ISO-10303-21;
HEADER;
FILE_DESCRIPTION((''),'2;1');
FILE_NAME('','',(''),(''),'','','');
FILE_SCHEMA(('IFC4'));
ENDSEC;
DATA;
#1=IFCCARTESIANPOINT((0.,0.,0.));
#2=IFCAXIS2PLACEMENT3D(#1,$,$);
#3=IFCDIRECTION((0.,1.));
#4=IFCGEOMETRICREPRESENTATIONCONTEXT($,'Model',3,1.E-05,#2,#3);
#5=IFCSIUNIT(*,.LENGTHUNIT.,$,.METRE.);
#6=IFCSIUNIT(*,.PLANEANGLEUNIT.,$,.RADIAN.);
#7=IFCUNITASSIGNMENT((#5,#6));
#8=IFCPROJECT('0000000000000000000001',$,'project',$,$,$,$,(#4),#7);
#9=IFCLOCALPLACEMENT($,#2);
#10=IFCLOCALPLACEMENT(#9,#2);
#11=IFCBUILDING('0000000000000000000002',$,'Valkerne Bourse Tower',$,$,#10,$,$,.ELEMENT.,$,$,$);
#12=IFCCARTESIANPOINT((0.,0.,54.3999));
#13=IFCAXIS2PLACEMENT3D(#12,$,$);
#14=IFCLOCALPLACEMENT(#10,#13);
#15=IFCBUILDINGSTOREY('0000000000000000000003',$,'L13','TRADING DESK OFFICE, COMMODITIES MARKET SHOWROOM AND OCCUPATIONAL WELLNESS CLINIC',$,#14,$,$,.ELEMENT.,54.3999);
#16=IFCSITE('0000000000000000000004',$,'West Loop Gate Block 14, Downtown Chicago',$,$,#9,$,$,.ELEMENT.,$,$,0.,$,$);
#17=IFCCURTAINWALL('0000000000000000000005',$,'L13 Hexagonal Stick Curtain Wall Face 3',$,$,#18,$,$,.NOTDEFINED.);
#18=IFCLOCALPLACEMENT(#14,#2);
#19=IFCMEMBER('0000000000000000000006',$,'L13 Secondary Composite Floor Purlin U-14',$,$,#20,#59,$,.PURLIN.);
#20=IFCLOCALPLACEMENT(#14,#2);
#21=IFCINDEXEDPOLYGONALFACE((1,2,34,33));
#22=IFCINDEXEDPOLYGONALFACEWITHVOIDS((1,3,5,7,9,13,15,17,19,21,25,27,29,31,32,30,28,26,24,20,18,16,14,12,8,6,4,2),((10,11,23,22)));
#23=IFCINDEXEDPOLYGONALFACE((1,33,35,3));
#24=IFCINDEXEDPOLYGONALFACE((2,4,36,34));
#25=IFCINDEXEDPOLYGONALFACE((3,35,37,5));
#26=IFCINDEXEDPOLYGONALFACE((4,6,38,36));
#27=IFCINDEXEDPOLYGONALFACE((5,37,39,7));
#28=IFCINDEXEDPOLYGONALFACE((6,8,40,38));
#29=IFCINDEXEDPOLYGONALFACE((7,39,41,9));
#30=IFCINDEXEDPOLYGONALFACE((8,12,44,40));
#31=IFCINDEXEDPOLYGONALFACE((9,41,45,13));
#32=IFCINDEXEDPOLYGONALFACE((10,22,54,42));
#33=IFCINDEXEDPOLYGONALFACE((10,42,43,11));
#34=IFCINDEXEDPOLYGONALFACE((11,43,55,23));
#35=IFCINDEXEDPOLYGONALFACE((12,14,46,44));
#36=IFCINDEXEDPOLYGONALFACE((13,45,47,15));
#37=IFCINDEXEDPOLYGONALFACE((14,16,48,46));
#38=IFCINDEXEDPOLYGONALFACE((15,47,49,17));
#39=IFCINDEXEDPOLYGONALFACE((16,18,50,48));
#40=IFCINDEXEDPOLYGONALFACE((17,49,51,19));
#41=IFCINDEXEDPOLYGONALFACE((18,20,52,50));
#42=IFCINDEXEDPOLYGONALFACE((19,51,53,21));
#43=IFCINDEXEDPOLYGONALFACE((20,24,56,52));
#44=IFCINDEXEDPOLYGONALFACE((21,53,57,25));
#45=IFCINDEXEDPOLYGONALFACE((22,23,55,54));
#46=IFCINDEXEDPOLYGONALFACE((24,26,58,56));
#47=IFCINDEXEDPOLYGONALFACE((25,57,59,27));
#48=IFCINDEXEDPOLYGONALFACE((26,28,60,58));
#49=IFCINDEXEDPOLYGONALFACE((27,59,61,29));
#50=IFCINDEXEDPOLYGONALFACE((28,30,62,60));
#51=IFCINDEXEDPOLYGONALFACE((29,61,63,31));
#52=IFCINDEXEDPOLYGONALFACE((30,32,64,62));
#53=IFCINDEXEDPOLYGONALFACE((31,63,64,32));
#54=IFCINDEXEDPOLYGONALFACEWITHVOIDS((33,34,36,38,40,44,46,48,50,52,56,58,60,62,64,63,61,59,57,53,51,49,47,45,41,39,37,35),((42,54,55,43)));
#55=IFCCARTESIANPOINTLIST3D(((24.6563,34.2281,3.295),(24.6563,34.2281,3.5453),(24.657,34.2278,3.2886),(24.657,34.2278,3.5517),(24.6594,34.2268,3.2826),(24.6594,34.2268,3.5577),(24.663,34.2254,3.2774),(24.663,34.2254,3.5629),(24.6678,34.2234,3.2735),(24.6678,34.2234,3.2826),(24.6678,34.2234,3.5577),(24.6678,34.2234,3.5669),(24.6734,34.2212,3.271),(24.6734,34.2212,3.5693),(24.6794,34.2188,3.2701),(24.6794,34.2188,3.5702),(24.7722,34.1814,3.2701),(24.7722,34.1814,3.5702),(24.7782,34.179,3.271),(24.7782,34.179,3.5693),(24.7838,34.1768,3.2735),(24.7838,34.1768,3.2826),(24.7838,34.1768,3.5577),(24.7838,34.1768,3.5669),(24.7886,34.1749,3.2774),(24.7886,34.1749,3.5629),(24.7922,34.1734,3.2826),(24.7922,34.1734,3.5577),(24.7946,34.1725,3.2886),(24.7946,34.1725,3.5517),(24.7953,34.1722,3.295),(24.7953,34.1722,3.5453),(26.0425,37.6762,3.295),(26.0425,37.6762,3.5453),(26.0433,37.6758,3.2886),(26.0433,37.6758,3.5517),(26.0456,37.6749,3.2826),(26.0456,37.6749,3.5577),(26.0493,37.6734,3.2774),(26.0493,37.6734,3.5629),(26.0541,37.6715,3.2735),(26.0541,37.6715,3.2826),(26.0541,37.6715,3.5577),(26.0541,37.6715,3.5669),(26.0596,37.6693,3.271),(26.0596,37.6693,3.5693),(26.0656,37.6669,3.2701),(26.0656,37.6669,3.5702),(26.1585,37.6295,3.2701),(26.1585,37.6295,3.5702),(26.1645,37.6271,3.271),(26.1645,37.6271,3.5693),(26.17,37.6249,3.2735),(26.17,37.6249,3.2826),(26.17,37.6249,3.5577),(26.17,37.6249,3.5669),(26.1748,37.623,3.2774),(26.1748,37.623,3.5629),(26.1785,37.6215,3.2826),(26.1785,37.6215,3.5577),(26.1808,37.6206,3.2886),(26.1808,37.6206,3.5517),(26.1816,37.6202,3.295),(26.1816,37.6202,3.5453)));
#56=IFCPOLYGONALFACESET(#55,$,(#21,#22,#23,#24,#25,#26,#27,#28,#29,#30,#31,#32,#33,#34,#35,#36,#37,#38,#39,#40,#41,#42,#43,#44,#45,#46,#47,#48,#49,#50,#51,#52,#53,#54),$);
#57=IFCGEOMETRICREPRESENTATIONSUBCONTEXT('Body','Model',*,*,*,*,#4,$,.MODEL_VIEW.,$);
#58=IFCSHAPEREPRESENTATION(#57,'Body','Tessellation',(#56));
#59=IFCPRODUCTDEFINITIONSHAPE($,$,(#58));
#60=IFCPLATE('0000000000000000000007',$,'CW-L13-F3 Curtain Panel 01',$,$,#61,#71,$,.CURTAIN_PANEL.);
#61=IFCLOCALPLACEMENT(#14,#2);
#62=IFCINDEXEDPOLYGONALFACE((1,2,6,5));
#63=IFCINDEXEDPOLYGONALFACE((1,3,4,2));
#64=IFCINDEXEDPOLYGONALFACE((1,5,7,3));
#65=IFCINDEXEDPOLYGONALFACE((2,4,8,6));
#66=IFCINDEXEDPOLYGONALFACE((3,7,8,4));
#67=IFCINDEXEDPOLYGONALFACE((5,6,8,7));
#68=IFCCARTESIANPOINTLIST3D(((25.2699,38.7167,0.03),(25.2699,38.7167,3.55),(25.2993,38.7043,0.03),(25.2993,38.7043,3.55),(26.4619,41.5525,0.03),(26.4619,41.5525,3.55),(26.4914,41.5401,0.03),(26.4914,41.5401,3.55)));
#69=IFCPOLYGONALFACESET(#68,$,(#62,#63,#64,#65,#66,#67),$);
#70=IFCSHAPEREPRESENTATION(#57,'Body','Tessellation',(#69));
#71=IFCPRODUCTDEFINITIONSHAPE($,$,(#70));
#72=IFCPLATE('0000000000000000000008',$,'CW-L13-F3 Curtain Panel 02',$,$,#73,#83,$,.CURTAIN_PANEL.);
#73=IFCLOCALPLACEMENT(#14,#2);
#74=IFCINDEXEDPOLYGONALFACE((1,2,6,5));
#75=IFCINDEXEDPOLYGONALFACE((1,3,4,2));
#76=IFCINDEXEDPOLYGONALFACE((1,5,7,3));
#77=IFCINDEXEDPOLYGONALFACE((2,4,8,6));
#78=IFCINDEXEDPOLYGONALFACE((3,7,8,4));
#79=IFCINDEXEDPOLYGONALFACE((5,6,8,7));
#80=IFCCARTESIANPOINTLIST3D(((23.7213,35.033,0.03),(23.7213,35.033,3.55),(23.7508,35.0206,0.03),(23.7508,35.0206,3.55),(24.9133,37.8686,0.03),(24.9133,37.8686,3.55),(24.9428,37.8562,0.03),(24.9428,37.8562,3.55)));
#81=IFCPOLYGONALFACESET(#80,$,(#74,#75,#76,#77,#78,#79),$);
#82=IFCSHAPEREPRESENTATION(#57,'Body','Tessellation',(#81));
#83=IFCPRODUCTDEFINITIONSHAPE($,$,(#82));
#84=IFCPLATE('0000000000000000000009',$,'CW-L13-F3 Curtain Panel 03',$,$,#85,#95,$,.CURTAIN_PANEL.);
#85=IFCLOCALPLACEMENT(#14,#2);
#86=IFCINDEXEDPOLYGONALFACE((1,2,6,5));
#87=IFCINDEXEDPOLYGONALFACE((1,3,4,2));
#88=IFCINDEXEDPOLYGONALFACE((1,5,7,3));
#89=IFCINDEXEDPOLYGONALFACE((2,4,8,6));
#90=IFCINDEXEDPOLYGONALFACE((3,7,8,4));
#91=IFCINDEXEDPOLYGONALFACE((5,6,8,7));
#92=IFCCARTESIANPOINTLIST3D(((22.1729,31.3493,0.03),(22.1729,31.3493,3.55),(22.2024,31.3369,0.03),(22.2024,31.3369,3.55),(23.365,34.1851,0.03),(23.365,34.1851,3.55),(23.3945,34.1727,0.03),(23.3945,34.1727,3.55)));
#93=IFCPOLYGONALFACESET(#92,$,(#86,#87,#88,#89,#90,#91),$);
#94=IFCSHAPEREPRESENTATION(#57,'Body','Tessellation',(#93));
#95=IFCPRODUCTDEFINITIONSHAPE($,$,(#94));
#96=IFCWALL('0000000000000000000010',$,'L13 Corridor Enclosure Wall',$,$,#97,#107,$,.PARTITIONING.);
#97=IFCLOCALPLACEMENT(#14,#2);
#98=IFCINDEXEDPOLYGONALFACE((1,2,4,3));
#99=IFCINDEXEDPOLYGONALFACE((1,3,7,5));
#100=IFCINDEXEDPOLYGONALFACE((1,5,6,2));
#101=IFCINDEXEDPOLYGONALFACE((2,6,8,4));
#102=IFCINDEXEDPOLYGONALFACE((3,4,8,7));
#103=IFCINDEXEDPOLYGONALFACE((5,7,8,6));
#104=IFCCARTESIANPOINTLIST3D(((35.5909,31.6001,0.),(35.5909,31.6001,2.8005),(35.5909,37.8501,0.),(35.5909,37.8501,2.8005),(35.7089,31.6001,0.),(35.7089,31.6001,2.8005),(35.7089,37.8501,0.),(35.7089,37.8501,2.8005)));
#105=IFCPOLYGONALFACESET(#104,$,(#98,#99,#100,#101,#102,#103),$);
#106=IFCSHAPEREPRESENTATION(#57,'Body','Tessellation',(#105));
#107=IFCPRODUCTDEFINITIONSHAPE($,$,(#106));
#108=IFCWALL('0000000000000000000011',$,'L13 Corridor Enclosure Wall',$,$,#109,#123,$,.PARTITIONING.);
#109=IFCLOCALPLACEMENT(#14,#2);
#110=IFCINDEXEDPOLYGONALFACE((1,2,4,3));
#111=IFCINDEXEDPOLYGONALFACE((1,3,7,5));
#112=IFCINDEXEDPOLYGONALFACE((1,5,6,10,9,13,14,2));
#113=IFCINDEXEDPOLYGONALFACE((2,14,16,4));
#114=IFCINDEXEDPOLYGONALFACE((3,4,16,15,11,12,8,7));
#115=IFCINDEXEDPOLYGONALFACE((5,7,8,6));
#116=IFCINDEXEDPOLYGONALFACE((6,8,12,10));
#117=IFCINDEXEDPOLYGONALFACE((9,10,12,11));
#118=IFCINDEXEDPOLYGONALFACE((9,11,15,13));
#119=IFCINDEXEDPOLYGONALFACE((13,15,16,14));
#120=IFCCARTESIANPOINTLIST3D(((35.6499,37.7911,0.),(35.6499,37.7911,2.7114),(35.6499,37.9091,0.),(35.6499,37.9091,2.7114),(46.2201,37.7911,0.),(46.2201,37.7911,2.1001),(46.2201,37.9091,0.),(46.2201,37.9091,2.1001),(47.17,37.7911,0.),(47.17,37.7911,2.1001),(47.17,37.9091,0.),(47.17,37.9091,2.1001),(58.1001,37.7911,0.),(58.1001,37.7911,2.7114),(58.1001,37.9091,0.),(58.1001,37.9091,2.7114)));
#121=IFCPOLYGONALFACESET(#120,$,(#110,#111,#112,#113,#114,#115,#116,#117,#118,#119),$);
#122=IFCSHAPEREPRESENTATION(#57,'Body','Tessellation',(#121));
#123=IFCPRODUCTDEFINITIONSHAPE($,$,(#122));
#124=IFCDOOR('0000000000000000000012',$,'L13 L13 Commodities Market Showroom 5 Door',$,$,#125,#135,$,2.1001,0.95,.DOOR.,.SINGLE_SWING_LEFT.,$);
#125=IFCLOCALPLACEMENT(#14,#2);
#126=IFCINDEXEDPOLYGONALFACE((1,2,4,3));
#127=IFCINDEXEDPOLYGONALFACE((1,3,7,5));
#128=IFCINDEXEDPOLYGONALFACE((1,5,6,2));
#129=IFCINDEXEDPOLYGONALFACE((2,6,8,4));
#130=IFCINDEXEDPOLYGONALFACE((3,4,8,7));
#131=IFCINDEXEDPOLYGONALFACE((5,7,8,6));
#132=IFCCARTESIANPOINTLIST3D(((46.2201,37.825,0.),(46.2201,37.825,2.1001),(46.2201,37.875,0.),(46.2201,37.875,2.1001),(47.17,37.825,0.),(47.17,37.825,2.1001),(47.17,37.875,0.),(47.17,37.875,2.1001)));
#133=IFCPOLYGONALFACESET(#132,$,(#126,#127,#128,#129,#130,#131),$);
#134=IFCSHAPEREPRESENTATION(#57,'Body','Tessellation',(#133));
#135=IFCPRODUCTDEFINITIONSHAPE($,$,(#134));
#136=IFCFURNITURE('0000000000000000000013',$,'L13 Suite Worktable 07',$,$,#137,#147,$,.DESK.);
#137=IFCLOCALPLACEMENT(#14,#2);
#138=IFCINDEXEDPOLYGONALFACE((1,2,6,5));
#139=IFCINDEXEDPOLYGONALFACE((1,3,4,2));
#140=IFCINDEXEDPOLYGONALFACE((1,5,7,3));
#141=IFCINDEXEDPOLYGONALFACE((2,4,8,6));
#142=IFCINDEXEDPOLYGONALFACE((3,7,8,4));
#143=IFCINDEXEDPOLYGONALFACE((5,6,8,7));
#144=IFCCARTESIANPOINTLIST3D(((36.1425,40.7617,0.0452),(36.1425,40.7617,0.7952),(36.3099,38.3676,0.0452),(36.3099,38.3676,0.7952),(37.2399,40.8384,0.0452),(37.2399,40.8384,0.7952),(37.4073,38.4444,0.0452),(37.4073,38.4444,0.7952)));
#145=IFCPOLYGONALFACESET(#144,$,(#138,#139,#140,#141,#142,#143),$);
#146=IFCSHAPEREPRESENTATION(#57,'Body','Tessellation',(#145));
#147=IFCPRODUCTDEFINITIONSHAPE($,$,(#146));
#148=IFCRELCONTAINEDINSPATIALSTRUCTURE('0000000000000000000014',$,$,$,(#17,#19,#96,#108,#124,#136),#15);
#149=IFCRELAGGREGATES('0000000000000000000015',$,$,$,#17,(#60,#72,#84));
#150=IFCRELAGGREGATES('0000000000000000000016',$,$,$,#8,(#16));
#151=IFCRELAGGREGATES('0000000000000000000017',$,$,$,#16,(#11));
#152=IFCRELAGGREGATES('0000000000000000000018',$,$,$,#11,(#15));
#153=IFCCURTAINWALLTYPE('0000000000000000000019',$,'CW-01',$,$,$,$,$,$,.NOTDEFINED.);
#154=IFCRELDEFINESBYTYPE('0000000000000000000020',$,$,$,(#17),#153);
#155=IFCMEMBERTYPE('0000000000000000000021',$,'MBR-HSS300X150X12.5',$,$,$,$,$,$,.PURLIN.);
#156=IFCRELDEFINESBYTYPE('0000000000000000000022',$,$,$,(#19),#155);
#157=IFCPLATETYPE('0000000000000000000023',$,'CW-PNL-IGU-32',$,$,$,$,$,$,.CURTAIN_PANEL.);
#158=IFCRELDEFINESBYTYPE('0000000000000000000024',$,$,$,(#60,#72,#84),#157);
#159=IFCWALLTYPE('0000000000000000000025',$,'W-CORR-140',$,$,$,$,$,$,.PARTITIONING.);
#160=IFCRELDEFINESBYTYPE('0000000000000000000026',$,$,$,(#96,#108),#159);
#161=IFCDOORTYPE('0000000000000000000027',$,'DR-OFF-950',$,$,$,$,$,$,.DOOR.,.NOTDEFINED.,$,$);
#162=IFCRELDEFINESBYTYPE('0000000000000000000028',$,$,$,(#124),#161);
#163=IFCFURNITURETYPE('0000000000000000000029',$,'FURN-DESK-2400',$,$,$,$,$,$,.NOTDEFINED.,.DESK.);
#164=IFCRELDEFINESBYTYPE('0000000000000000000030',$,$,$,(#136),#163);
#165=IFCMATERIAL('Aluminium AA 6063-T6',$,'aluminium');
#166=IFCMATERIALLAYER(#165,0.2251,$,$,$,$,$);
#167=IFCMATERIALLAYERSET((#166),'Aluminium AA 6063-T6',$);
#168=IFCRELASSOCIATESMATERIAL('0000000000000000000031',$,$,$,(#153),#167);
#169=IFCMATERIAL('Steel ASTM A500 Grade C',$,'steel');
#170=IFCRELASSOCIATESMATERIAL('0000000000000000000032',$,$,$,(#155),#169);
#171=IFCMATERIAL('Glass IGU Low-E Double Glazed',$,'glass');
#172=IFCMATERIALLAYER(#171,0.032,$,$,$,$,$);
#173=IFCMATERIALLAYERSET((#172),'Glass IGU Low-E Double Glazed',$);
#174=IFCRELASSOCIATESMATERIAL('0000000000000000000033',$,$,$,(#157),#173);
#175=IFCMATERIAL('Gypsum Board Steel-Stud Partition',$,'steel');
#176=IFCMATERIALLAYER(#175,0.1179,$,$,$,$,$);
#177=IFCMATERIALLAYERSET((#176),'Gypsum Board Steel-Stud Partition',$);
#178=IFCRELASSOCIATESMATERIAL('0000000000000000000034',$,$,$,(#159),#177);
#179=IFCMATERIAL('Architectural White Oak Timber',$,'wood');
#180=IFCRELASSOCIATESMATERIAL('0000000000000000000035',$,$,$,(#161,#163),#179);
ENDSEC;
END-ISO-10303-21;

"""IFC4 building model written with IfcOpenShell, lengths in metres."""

from ifc_helpers import new_model, si_unit, direction, frame, frame_2d, origin, origin_2d, place, context, subcontext, project, spatial, rectangle, hollow_rectangle, extrude, material, layer, layer_set, material_profile, profile_set, type_object, element, fill, aggregate, save


model = new_model("IFC4")

# Units and contexts
model_context = context("Model", 3, precision=1e-05, world=origin(), true_north=direction((0.0, 1.0)))
body_context = subcontext(model_context, "Body", "Model", "MODEL_VIEW")
ifc_project = project(units=[si_unit("LENGTHUNIT", "METRE"), si_unit("PLANEANGLEUNIT", "RADIAN")], contexts=[model_context])

# Site, building, storey
site_placement = place(None, origin())
site = spatial("IfcSite", under=ifc_project, at=site_placement, Name="West Loop Gate Block 14, Downtown Chicago", CompositionType="ELEMENT", RefElevation=0.0)
building_placement = place(site_placement, origin())
building = spatial("IfcBuilding", under=site, at=building_placement, Name="Valkerne Bourse Tower", CompositionType="ELEMENT")
storey_placement = place(building_placement, frame((0.0, 0.0, 54.3999)))
storey = spatial("IfcBuildingStorey", under=building, at=storey_placement, Name="L13", Description="TRADING DESK OFFICE, COMMODITIES MARKET SHOWROOM AND OCCUPATIONAL WELLNESS CLINIC", CompositionType="ELEMENT", Elevation=54.3999)

# Curtain wall
ifc_material_1 = material(Name="Aluminium AA 6063-T6", Category="aluminium")
ifc_layer_1 = layer(ifc_material_1, 0.2251)
ifc_layer_set_1 = layer_set([ifc_layer_1], Name="Aluminium AA 6063-T6")
curtain_wall_type = type_object("IfcCurtainWallType", Name="CW-01", PredefinedType="NOTDEFINED", material=ifc_layer_set_1)
curtain_wall_placement = place(storey_placement, origin())
curtain_wall = element("IfcCurtainWall", 1, at=curtain_wall_placement, inside=storey, type_object=curtain_wall_type, Name="L13 Hexagonal Stick Curtain Wall Face 3", PredefinedType="NOTDEFINED")

# Member
ifc_material_2 = material(Name="Steel ASTM A500 Grade C", Category="steel")
ifc_material_profile_1 = material_profile(ifc_material_2, hollow_rectangle(XDim=0.1499, YDim=0.3, WallThickness=0.0125, OuterFilletRadius=0.0249, at=origin_2d()), Name="HSS300X150X12.5")
ifc_profile_set_1 = profile_set([ifc_material_profile_1], Name="Steel ASTM A500 Grade C")
member_type_1 = type_object("IfcMemberType", Name="MBR-HSS300X150X12.5", PredefinedType="PURLIN", material=ifc_profile_set_1)
member_1_placement = place(storey_placement, frame((26.1121, 37.6482, 3.4202), z_axis=(-0.373021, -0.927823, 0.0), x_axis=(0.927823, -0.373021, 0.0)))
element("IfcMember", 2, at=member_1_placement, inside=storey, type_object=member_type_1, Name="L13 Secondary Composite Floor Purlin U-14", PredefinedType="PURLIN", context=body_context, shape_type="SweptSolid", body=[
    extrude(hollow_rectangle(XDim=0.1499, YDim=0.3, WallThickness=0.0125, OuterFilletRadius=0.0249, at=origin_2d()), origin(), (0.0, 0.0, 1.0), 3.7163),
])

# Plates
ifc_material_3 = material(Name="Glass IGU Low-E Double Glazed", Category="glass")
ifc_layer_2 = layer(ifc_material_3, 0.032)
ifc_layer_set_2 = layer_set([ifc_layer_2], Name="Glass IGU Low-E Double Glazed")
plate_type = type_object("IfcPlateType", Name="CW-PNL-IGU-32", PredefinedType="CURTAIN_PANEL", material=ifc_layer_set_2)
plate_1_placement = place(storey_placement, frame((25.8806, 40.1284, 0.03), z_axis=(0.0, 0.0, 1.0), x_axis=(-0.38751, -0.921866, 0.0)))
plate_1 = element("IfcPlate", 3, at=plate_1_placement, type_object=plate_type, Name="CW-L13-F3 Curtain Panel 01", PredefinedType="CURTAIN_PANEL", context=body_context, shape_type="SweptSolid", body=[
    extrude(rectangle(XDim=3.0762, YDim=0.032, at=origin_2d()), origin(), (0.0, 0.0, 1.0), 3.52),
])
plate_2_placement = place(storey_placement, frame((24.332, 36.4446, 0.03), z_axis=(0.0, 0.0, 1.0), x_axis=(-0.38754, -0.921853, 0.0)))
plate_2 = element("IfcPlate", 4, at=plate_2_placement, type_object=plate_type, Name="CW-L13-F3 Curtain Panel 02", PredefinedType="CURTAIN_PANEL", context=body_context, shape_type="SweptSolid", body=[
    extrude(rectangle(XDim=3.0759, YDim=0.032, at=origin_2d()), origin(), (0.0, 0.0, 1.0), 3.52),
])
plate_3_placement = place(storey_placement, frame((22.7837, 32.761, 0.03), z_axis=(0.0, 0.0, 1.0), x_axis=(-0.38751, -0.921866, 0.0)))
plate_3 = element("IfcPlate", 5, at=plate_3_placement, type_object=plate_type, Name="CW-L13-F3 Curtain Panel 03", PredefinedType="CURTAIN_PANEL", context=body_context, shape_type="SweptSolid", body=[
    extrude(rectangle(XDim=3.0762, YDim=0.032, at=origin_2d()), origin(), (0.0, 0.0, 1.0), 3.52),
])
aggregate(curtain_wall, [plate_1, plate_2, plate_3])

# Wall
ifc_material_4 = material(Name="Gypsum Board Steel-Stud Partition", Category="steel")
ifc_layer_3 = layer(ifc_material_4, 0.1179)
ifc_layer_set_3 = layer_set([ifc_layer_3], Name="Gypsum Board Steel-Stud Partition")
wall_type = type_object("IfcWallType", Name="W-CORR-140", PredefinedType="PARTITIONING", material=ifc_layer_set_3)
wall_1_placement = place(storey_placement, frame((35.6499, 31.6001, 0.0), z_axis=(0.0, 0.0, 1.0), x_axis=(0.0, 1.0, 0.0)))
element("IfcWall", 6, at=wall_1_placement, inside=storey, type_object=wall_type, Name="L13 Corridor Enclosure Wall", PredefinedType="PARTITIONING", context=body_context, shape_type="SweptSolid", body=[
    extrude(rectangle(XDim=6.25, YDim=0.1179, at=frame_2d((3.125, 0.0))), origin(), (0.0, 0.0, 1.0), 2.8005),
])

# Wall, opening, door
wall_2_placement = place(storey_placement, frame((35.6499, 37.8501, 0.0), z_axis=(0.0, 0.0, 1.0), x_axis=(1.0, 0.0, 0.0)))
wall_2 = element("IfcWall", 7, at=wall_2_placement, inside=storey, type_object=wall_type, Name="L13 Corridor Enclosure Wall", PredefinedType="PARTITIONING", context=body_context, shape_type="SweptSolid", body=[
    extrude(rectangle(XDim=22.4502, YDim=0.1179, at=frame_2d((11.2251, 0.0))), origin(), (0.0, 0.0, 1.0), 2.7114),
])
opening_placement = place(wall_2_placement, frame((10.5701, 0.0, 0.0)))
opening = element("IfcOpeningElement", 8, at=opening_placement, cuts=wall_2, PredefinedType="OPENING", context=body_context, shape_type="SweptSolid", body=[
    extrude(rectangle(XDim=0.95, YDim=2.1001, at=frame_2d((0.4751, 1.05))), frame((0.0, 0.0688, 0.0), z_axis=(0.0, -1.0, 0.0), x_axis=(1.0, 0.0, 0.0)), (0.0, 0.0, 1.0), 0.1379),
])
ifc_material_5 = material(Name="Architectural White Oak Timber", Category="wood")
door_type = type_object("IfcDoorType", Name="DR-OFF-950", OperationType="NOTDEFINED", PredefinedType="DOOR", material=ifc_material_5)
door_placement = place(opening_placement, origin())
door = element("IfcDoor", 9, at=door_placement, inside=storey, type_object=door_type, Name="L13 L13 Commodities Market Showroom 5 Door", OperationType="SINGLE_SWING_LEFT", OverallHeight=2.1001, OverallWidth=0.95, PredefinedType="DOOR", context=body_context, shape_type="SweptSolid", body=[
    extrude(rectangle(XDim=0.95, YDim=2.1001, at=frame_2d((0.4751, 1.05))), frame((0.0, 0.0249, 0.0), z_axis=(0.0, -1.0, 0.0), x_axis=(1.0, 0.0, 0.0)), (0.0, 0.0, 1.0), 0.05),
])
fill(opening, door)

# Furniture
furniture_type = type_object("IfcFurnitureType", Name="FURN-DESK-2400", AssemblyPlace="NOTDEFINED", PredefinedType="DESK", material=ifc_material_5)
furniture_placement = place(storey_placement, frame((36.7749, 39.603, 0.0452), z_axis=(0.0, 0.0, 1.0), x_axis=(-0.069756, 0.997564, 0.0)))
element("IfcFurniture", 10, at=furniture_placement, inside=storey, type_object=furniture_type, Name="L13 Suite Worktable 07", PredefinedType="DESK", context=body_context, shape_type="SweptSolid", body=[
    extrude(rectangle(XDim=2.3999, YDim=1.1001, at=origin_2d()), origin(), (0.0, 0.0, 1.0), 0.75),
])

save(model, "model.ifc")
